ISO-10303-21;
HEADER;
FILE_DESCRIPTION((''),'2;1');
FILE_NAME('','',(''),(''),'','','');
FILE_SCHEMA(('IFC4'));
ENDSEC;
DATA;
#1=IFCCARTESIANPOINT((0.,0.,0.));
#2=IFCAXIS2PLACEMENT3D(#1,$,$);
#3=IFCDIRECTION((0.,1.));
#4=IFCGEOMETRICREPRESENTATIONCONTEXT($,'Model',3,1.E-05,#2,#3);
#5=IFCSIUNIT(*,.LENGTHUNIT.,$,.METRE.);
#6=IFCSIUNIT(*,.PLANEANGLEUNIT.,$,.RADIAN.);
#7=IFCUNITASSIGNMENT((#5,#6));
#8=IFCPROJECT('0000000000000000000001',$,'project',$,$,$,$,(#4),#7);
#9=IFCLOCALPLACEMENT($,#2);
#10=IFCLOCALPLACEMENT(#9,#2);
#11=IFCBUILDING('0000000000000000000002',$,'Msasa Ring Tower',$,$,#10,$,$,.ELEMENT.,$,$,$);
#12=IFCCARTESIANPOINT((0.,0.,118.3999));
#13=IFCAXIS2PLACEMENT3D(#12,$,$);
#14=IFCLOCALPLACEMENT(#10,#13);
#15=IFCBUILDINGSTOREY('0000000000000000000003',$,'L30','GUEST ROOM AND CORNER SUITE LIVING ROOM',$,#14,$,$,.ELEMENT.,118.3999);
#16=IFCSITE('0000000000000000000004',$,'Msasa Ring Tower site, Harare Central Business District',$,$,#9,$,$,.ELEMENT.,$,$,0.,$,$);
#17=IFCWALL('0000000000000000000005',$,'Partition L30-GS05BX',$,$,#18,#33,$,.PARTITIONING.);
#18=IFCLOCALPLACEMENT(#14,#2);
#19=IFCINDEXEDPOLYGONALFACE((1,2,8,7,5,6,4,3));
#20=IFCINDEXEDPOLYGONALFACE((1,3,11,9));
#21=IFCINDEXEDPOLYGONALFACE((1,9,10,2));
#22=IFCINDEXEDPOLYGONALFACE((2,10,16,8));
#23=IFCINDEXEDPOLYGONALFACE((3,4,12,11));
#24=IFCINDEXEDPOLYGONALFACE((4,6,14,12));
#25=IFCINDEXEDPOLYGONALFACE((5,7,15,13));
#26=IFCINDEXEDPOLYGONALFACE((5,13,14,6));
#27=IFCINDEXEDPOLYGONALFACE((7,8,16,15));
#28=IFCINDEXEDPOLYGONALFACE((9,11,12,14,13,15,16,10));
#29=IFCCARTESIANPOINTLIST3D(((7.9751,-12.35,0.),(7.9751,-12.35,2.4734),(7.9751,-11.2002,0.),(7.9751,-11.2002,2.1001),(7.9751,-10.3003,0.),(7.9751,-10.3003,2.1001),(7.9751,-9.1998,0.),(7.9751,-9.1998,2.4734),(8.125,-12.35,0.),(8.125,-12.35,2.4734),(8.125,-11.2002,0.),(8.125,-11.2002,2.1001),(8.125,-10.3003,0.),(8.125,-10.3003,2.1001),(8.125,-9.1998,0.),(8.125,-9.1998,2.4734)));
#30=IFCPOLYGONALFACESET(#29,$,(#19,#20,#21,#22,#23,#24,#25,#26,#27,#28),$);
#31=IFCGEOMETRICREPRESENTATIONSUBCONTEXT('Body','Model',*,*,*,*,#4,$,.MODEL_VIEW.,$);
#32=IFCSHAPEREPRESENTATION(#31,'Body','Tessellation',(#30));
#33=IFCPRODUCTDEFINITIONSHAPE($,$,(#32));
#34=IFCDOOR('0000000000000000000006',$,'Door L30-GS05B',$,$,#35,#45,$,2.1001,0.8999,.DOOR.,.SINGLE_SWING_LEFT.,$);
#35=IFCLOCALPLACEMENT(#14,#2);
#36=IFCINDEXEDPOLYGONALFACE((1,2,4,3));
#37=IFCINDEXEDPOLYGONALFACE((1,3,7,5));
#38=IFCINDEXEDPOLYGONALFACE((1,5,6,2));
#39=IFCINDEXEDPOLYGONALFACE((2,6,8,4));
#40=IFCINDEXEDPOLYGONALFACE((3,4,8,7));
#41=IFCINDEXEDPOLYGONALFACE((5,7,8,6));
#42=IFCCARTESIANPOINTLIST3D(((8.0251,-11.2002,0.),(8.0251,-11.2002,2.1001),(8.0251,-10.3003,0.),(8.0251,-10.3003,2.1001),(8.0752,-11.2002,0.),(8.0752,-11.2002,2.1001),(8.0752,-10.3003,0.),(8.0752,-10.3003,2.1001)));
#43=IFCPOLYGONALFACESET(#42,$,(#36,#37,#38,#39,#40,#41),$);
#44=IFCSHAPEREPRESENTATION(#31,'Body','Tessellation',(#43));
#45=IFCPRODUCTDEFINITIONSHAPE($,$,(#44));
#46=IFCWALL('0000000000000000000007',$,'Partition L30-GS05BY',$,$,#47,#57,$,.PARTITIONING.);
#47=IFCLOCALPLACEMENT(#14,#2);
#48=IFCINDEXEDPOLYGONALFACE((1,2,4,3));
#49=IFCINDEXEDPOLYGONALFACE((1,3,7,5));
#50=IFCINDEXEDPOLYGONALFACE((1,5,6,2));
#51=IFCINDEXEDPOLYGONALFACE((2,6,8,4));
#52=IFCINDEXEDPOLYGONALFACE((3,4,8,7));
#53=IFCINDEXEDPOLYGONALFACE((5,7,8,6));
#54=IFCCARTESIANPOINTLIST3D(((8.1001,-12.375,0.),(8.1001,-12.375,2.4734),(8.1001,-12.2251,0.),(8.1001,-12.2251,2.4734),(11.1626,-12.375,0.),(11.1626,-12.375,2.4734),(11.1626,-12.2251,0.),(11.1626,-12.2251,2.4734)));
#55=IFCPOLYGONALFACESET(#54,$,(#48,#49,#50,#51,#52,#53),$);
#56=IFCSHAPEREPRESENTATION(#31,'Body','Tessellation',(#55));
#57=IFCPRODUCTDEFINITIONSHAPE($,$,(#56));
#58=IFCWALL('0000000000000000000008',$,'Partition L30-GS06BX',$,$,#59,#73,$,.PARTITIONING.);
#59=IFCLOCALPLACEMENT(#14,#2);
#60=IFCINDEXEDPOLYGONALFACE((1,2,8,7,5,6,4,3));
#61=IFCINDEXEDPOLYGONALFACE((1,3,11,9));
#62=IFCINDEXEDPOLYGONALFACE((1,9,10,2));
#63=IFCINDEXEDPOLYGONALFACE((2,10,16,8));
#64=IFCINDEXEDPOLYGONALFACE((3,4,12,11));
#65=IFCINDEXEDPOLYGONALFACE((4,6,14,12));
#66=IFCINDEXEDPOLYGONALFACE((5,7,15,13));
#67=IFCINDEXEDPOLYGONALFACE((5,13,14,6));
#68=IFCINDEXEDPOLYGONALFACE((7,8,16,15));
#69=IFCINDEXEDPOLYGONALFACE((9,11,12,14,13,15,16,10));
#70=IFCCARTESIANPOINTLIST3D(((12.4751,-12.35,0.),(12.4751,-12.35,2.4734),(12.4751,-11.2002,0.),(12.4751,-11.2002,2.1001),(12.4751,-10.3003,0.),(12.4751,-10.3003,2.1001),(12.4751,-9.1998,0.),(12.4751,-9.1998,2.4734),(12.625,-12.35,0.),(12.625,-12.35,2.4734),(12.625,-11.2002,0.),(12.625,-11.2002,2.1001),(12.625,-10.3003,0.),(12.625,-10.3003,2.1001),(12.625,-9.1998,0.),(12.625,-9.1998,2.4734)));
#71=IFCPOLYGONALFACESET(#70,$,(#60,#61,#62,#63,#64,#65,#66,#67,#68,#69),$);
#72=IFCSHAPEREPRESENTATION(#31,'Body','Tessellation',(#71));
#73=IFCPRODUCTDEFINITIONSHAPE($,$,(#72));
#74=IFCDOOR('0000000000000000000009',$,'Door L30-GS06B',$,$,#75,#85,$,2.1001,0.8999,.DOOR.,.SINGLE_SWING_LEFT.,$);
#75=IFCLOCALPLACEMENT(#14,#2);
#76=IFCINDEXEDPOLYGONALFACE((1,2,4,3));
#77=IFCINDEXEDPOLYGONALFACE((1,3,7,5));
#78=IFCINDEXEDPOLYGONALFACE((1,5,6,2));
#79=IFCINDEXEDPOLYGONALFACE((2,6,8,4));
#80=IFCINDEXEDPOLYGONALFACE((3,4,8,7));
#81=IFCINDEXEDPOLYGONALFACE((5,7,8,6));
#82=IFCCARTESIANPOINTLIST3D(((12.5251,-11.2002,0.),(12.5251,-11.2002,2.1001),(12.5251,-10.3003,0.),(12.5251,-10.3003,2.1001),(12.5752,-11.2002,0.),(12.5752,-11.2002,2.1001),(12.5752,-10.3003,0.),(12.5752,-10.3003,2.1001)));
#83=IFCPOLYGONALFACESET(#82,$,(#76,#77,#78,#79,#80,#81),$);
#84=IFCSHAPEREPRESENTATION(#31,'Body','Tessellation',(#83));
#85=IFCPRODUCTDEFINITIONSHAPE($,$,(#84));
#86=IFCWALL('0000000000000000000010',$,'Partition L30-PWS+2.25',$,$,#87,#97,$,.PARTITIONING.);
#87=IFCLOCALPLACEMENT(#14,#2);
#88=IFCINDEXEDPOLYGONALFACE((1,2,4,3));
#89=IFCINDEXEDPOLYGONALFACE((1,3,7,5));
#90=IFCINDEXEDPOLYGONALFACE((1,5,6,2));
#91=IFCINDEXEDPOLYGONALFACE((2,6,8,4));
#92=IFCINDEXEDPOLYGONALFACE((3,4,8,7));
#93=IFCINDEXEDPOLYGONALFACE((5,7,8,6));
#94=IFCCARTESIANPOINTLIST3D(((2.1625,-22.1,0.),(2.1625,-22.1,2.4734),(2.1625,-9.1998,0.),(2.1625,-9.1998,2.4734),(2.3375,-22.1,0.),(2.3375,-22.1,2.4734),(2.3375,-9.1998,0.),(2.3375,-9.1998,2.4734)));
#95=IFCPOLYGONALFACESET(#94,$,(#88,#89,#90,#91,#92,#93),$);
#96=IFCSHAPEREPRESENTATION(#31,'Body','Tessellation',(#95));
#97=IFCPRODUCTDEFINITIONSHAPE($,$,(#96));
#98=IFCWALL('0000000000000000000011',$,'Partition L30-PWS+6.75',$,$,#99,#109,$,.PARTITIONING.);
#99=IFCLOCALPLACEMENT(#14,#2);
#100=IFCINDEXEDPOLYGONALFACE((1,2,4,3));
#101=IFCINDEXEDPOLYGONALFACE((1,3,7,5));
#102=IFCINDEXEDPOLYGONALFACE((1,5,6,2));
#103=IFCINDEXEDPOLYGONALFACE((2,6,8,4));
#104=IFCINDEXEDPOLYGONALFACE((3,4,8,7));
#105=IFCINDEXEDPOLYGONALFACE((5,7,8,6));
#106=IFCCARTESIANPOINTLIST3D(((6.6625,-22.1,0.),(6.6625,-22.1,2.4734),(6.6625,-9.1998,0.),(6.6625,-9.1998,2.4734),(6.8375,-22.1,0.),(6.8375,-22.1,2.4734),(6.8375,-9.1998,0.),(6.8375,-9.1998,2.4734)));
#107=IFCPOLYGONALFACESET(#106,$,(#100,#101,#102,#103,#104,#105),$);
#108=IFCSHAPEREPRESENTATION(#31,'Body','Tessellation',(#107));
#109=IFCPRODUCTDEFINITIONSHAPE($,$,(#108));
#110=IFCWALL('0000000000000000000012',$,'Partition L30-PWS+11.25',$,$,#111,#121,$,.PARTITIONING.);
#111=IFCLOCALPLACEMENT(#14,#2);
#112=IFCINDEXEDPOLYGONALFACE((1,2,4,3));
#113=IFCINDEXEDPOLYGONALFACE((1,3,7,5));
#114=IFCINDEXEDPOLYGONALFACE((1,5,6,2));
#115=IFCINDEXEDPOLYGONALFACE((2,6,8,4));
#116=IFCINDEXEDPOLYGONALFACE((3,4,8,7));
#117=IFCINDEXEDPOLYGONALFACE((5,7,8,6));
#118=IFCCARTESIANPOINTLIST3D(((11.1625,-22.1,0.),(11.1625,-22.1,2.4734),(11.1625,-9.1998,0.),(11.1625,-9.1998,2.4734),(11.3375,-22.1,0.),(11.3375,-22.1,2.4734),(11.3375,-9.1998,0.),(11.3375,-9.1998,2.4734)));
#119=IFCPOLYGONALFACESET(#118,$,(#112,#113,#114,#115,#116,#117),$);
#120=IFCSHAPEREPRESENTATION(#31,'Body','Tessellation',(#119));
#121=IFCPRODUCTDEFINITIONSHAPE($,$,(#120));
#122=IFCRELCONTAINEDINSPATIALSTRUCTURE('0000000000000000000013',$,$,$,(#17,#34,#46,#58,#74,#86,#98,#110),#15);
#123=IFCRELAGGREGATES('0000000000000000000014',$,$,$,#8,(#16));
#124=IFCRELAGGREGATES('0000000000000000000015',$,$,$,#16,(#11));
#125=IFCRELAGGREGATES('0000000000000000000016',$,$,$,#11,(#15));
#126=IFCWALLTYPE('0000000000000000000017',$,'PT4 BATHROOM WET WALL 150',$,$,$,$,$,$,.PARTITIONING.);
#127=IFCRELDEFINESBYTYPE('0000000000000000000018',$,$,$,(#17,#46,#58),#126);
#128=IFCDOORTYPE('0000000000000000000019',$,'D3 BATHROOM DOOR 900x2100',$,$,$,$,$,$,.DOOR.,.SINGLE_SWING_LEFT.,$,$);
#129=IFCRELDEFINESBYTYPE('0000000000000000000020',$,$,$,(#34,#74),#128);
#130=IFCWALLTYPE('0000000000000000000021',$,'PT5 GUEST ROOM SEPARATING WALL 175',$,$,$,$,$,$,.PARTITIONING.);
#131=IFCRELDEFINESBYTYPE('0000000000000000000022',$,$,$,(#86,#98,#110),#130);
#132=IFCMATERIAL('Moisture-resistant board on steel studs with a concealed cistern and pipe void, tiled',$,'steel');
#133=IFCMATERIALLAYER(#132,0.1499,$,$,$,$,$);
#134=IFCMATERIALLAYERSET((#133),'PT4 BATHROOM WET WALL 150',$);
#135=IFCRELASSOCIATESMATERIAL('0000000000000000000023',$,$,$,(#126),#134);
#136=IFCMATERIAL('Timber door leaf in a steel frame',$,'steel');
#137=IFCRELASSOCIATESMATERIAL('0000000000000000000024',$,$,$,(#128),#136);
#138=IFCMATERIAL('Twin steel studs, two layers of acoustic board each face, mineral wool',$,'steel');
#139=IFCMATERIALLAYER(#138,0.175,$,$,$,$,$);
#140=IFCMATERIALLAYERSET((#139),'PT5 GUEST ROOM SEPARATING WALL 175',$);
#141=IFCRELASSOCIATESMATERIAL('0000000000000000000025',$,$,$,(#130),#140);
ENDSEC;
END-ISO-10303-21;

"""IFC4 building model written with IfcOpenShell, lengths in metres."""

from ifc_helpers import new_model, si_unit, direction, frame, frame_2d, origin, place, context, subcontext, project, spatial, rectangle, extrude, material, layer, layer_set, type_object, element, fill, save


model = new_model("IFC4")

# Units and contexts
model_context = context("Model", 3, precision=1e-05, world=origin(), true_north=direction((0.0, 1.0)))
body_context = subcontext(model_context, "Body", "Model", "MODEL_VIEW")
ifc_project = project(units=[si_unit("LENGTHUNIT", "METRE"), si_unit("PLANEANGLEUNIT", "RADIAN")], contexts=[model_context])

# Site, building, storey
site_placement = place(None, origin())
site = spatial("IfcSite", under=ifc_project, at=site_placement, Name="Msasa Ring Tower site, Harare Central Business District", CompositionType="ELEMENT", RefElevation=0.0)
building_placement = place(site_placement, origin())
building = spatial("IfcBuilding", under=site, at=building_placement, Name="Msasa Ring Tower", CompositionType="ELEMENT")
storey_placement = place(building_placement, frame((0.0, 0.0, 118.3999)))
storey = spatial("IfcBuildingStorey", under=building, at=storey_placement, Name="L30", Description="GUEST ROOM AND CORNER SUITE LIVING ROOM", CompositionType="ELEMENT", Elevation=118.3999)

# Shared definitions
ifc_material_1 = material(Name="Moisture-resistant board on steel studs with a concealed cistern and pipe void, tiled", Category="steel")
ifc_layer_1 = layer(ifc_material_1, 0.1499)
ifc_layer_set_1 = layer_set([ifc_layer_1], Name="PT4 BATHROOM WET WALL 150")
wall_type_1 = type_object("IfcWallType", Name="PT4 BATHROOM WET WALL 150", PredefinedType="PARTITIONING", material=ifc_layer_set_1)
ifc_material_2 = material(Name="Timber door leaf in a steel frame", Category="steel")
door_type = type_object("IfcDoorType", Name="D3 BATHROOM DOOR 900x2100", OperationType="SINGLE_SWING_LEFT", PredefinedType="DOOR", material=ifc_material_2)

# Wall, opening, door
wall_1_placement = place(storey_placement, frame((8.05, -12.3501, 0.0), z_axis=(0.0, 0.0, 1.0), x_axis=(0.0, 1.0, 0.0)))
wall_1 = element("IfcWall", 1, at=wall_1_placement, inside=storey, type_object=wall_type_1, Name="Partition L30-GS05BX", PredefinedType="PARTITIONING", context=body_context, shape_type="SweptSolid", body=[
    extrude(rectangle(XDim=3.1501, YDim=0.1499, at=frame_2d((1.5752, 0.0))), origin(), (0.0, 0.0, 1.0), 2.4734),
])
opening_1_placement = place(wall_1_placement, frame((1.1499, 0.0, 0.0)))
opening_1 = element("IfcOpeningElement", 2, at=opening_1_placement, cuts=wall_1, PredefinedType="OPENING", context=body_context, shape_type="SweptSolid", body=[
    extrude(rectangle(XDim=0.8999, YDim=2.1001, at=frame_2d((0.45, 1.05))), frame((0.0, 0.085, 0.0), z_axis=(0.0, -1.0, 0.0), x_axis=(1.0, 0.0, 0.0)), (0.0, 0.0, 1.0), 0.1699),
])
door_1_placement = place(opening_1_placement, origin())
door_1 = element("IfcDoor", 3, at=door_1_placement, inside=storey, type_object=door_type, Name="Door L30-GS05B", OperationType="SINGLE_SWING_LEFT", OverallHeight=2.1001, OverallWidth=0.8999, PredefinedType="DOOR", context=body_context, shape_type="SweptSolid", body=[
    extrude(rectangle(XDim=0.8999, YDim=2.1001, at=frame_2d((0.45, 1.05))), frame((0.0, 0.0249, 0.0), z_axis=(0.0, -1.0, 0.0), x_axis=(1.0, 0.0, 0.0)), (0.0, 0.0, 1.0), 0.05),
])
fill(opening_1, door_1)

# Wall
wall_2_placement = place(storey_placement, frame((8.1001, -12.3, 0.0), z_axis=(0.0, 0.0, 1.0), x_axis=(1.0, 0.0, 0.0)))
element("IfcWall", 4, at=wall_2_placement, inside=storey, type_object=wall_type_1, Name="Partition L30-GS05BY", PredefinedType="PARTITIONING", context=body_context, shape_type="SweptSolid", body=[
    extrude(rectangle(XDim=3.0625, YDim=0.1499, at=frame_2d((1.5312, 0.0))), origin(), (0.0, 0.0, 1.0), 2.4734),
])

# Wall, opening, door
wall_3_placement = place(storey_placement, frame((12.55, -12.3501, 0.0), z_axis=(0.0, 0.0, 1.0), x_axis=(0.0, 1.0, 0.0)))
wall_3 = element("IfcWall", 5, at=wall_3_placement, inside=storey, type_object=wall_type_1, Name="Partition L30-GS06BX", PredefinedType="PARTITIONING", context=body_context, shape_type="SweptSolid", body=[
    extrude(rectangle(XDim=3.1501, YDim=0.1499, at=frame_2d((1.5752, 0.0))), origin(), (0.0, 0.0, 1.0), 2.4734),
])
opening_2_placement = place(wall_3_placement, frame((1.1499, 0.0, 0.0)))
opening_2 = element("IfcOpeningElement", 6, at=opening_2_placement, cuts=wall_3, PredefinedType="OPENING", context=body_context, shape_type="SweptSolid", body=[
    extrude(rectangle(XDim=0.8999, YDim=2.1001, at=frame_2d((0.45, 1.05))), frame((0.0, 0.085, 0.0), z_axis=(0.0, -1.0, 0.0), x_axis=(1.0, 0.0, 0.0)), (0.0, 0.0, 1.0), 0.1699),
])
door_2_placement = place(opening_2_placement, origin())
door_2 = element("IfcDoor", 7, at=door_2_placement, inside=storey, type_object=door_type, Name="Door L30-GS06B", OperationType="SINGLE_SWING_LEFT", OverallHeight=2.1001, OverallWidth=0.8999, PredefinedType="DOOR", context=body_context, shape_type="SweptSolid", body=[
    extrude(rectangle(XDim=0.8999, YDim=2.1001, at=frame_2d((0.45, 1.05))), frame((0.0, 0.0249, 0.0), z_axis=(0.0, -1.0, 0.0), x_axis=(1.0, 0.0, 0.0)), (0.0, 0.0, 1.0), 0.05),
])
fill(opening_2, door_2)

# Walls
ifc_material_3 = material(Name="Twin steel studs, two layers of acoustic board each face, mineral wool", Category="steel")
ifc_layer_2 = layer(ifc_material_3, 0.175)
ifc_layer_set_2 = layer_set([ifc_layer_2], Name="PT5 GUEST ROOM SEPARATING WALL 175")
wall_type_2 = type_object("IfcWallType", Name="PT5 GUEST ROOM SEPARATING WALL 175", PredefinedType="PARTITIONING", material=ifc_layer_set_2)
for number, where, z_axis, x_axis, name in (
    (8, (2.25, -22.1001, 0.0), (0.0, 0.0, 1.0), (0.0, 1.0, 0.0), "Partition L30-PWS+2.25"),
    (9, (6.75, -22.1001, 0.0), (0.0, 0.0, 1.0), (0.0, 1.0, 0.0), "Partition L30-PWS+6.75"),
    (10, (11.25, -22.1001, 0.0), (0.0, 0.0, 1.0), (0.0, 1.0, 0.0), "Partition L30-PWS+11.25"),
):
    element("IfcWall", number, at=place(storey_placement, frame(where, z_axis=z_axis, x_axis=x_axis)), inside=storey, type_object=wall_type_2, Name=name, PredefinedType="PARTITIONING", context=body_context, shape_type="SweptSolid", body=[
        extrude(rectangle(XDim=12.9001, YDim=0.175, at=frame_2d((6.4502, 0.0))), origin(), (0.0, 0.0, 1.0), 2.4734),
    ])

save(model, "model.ifc")
